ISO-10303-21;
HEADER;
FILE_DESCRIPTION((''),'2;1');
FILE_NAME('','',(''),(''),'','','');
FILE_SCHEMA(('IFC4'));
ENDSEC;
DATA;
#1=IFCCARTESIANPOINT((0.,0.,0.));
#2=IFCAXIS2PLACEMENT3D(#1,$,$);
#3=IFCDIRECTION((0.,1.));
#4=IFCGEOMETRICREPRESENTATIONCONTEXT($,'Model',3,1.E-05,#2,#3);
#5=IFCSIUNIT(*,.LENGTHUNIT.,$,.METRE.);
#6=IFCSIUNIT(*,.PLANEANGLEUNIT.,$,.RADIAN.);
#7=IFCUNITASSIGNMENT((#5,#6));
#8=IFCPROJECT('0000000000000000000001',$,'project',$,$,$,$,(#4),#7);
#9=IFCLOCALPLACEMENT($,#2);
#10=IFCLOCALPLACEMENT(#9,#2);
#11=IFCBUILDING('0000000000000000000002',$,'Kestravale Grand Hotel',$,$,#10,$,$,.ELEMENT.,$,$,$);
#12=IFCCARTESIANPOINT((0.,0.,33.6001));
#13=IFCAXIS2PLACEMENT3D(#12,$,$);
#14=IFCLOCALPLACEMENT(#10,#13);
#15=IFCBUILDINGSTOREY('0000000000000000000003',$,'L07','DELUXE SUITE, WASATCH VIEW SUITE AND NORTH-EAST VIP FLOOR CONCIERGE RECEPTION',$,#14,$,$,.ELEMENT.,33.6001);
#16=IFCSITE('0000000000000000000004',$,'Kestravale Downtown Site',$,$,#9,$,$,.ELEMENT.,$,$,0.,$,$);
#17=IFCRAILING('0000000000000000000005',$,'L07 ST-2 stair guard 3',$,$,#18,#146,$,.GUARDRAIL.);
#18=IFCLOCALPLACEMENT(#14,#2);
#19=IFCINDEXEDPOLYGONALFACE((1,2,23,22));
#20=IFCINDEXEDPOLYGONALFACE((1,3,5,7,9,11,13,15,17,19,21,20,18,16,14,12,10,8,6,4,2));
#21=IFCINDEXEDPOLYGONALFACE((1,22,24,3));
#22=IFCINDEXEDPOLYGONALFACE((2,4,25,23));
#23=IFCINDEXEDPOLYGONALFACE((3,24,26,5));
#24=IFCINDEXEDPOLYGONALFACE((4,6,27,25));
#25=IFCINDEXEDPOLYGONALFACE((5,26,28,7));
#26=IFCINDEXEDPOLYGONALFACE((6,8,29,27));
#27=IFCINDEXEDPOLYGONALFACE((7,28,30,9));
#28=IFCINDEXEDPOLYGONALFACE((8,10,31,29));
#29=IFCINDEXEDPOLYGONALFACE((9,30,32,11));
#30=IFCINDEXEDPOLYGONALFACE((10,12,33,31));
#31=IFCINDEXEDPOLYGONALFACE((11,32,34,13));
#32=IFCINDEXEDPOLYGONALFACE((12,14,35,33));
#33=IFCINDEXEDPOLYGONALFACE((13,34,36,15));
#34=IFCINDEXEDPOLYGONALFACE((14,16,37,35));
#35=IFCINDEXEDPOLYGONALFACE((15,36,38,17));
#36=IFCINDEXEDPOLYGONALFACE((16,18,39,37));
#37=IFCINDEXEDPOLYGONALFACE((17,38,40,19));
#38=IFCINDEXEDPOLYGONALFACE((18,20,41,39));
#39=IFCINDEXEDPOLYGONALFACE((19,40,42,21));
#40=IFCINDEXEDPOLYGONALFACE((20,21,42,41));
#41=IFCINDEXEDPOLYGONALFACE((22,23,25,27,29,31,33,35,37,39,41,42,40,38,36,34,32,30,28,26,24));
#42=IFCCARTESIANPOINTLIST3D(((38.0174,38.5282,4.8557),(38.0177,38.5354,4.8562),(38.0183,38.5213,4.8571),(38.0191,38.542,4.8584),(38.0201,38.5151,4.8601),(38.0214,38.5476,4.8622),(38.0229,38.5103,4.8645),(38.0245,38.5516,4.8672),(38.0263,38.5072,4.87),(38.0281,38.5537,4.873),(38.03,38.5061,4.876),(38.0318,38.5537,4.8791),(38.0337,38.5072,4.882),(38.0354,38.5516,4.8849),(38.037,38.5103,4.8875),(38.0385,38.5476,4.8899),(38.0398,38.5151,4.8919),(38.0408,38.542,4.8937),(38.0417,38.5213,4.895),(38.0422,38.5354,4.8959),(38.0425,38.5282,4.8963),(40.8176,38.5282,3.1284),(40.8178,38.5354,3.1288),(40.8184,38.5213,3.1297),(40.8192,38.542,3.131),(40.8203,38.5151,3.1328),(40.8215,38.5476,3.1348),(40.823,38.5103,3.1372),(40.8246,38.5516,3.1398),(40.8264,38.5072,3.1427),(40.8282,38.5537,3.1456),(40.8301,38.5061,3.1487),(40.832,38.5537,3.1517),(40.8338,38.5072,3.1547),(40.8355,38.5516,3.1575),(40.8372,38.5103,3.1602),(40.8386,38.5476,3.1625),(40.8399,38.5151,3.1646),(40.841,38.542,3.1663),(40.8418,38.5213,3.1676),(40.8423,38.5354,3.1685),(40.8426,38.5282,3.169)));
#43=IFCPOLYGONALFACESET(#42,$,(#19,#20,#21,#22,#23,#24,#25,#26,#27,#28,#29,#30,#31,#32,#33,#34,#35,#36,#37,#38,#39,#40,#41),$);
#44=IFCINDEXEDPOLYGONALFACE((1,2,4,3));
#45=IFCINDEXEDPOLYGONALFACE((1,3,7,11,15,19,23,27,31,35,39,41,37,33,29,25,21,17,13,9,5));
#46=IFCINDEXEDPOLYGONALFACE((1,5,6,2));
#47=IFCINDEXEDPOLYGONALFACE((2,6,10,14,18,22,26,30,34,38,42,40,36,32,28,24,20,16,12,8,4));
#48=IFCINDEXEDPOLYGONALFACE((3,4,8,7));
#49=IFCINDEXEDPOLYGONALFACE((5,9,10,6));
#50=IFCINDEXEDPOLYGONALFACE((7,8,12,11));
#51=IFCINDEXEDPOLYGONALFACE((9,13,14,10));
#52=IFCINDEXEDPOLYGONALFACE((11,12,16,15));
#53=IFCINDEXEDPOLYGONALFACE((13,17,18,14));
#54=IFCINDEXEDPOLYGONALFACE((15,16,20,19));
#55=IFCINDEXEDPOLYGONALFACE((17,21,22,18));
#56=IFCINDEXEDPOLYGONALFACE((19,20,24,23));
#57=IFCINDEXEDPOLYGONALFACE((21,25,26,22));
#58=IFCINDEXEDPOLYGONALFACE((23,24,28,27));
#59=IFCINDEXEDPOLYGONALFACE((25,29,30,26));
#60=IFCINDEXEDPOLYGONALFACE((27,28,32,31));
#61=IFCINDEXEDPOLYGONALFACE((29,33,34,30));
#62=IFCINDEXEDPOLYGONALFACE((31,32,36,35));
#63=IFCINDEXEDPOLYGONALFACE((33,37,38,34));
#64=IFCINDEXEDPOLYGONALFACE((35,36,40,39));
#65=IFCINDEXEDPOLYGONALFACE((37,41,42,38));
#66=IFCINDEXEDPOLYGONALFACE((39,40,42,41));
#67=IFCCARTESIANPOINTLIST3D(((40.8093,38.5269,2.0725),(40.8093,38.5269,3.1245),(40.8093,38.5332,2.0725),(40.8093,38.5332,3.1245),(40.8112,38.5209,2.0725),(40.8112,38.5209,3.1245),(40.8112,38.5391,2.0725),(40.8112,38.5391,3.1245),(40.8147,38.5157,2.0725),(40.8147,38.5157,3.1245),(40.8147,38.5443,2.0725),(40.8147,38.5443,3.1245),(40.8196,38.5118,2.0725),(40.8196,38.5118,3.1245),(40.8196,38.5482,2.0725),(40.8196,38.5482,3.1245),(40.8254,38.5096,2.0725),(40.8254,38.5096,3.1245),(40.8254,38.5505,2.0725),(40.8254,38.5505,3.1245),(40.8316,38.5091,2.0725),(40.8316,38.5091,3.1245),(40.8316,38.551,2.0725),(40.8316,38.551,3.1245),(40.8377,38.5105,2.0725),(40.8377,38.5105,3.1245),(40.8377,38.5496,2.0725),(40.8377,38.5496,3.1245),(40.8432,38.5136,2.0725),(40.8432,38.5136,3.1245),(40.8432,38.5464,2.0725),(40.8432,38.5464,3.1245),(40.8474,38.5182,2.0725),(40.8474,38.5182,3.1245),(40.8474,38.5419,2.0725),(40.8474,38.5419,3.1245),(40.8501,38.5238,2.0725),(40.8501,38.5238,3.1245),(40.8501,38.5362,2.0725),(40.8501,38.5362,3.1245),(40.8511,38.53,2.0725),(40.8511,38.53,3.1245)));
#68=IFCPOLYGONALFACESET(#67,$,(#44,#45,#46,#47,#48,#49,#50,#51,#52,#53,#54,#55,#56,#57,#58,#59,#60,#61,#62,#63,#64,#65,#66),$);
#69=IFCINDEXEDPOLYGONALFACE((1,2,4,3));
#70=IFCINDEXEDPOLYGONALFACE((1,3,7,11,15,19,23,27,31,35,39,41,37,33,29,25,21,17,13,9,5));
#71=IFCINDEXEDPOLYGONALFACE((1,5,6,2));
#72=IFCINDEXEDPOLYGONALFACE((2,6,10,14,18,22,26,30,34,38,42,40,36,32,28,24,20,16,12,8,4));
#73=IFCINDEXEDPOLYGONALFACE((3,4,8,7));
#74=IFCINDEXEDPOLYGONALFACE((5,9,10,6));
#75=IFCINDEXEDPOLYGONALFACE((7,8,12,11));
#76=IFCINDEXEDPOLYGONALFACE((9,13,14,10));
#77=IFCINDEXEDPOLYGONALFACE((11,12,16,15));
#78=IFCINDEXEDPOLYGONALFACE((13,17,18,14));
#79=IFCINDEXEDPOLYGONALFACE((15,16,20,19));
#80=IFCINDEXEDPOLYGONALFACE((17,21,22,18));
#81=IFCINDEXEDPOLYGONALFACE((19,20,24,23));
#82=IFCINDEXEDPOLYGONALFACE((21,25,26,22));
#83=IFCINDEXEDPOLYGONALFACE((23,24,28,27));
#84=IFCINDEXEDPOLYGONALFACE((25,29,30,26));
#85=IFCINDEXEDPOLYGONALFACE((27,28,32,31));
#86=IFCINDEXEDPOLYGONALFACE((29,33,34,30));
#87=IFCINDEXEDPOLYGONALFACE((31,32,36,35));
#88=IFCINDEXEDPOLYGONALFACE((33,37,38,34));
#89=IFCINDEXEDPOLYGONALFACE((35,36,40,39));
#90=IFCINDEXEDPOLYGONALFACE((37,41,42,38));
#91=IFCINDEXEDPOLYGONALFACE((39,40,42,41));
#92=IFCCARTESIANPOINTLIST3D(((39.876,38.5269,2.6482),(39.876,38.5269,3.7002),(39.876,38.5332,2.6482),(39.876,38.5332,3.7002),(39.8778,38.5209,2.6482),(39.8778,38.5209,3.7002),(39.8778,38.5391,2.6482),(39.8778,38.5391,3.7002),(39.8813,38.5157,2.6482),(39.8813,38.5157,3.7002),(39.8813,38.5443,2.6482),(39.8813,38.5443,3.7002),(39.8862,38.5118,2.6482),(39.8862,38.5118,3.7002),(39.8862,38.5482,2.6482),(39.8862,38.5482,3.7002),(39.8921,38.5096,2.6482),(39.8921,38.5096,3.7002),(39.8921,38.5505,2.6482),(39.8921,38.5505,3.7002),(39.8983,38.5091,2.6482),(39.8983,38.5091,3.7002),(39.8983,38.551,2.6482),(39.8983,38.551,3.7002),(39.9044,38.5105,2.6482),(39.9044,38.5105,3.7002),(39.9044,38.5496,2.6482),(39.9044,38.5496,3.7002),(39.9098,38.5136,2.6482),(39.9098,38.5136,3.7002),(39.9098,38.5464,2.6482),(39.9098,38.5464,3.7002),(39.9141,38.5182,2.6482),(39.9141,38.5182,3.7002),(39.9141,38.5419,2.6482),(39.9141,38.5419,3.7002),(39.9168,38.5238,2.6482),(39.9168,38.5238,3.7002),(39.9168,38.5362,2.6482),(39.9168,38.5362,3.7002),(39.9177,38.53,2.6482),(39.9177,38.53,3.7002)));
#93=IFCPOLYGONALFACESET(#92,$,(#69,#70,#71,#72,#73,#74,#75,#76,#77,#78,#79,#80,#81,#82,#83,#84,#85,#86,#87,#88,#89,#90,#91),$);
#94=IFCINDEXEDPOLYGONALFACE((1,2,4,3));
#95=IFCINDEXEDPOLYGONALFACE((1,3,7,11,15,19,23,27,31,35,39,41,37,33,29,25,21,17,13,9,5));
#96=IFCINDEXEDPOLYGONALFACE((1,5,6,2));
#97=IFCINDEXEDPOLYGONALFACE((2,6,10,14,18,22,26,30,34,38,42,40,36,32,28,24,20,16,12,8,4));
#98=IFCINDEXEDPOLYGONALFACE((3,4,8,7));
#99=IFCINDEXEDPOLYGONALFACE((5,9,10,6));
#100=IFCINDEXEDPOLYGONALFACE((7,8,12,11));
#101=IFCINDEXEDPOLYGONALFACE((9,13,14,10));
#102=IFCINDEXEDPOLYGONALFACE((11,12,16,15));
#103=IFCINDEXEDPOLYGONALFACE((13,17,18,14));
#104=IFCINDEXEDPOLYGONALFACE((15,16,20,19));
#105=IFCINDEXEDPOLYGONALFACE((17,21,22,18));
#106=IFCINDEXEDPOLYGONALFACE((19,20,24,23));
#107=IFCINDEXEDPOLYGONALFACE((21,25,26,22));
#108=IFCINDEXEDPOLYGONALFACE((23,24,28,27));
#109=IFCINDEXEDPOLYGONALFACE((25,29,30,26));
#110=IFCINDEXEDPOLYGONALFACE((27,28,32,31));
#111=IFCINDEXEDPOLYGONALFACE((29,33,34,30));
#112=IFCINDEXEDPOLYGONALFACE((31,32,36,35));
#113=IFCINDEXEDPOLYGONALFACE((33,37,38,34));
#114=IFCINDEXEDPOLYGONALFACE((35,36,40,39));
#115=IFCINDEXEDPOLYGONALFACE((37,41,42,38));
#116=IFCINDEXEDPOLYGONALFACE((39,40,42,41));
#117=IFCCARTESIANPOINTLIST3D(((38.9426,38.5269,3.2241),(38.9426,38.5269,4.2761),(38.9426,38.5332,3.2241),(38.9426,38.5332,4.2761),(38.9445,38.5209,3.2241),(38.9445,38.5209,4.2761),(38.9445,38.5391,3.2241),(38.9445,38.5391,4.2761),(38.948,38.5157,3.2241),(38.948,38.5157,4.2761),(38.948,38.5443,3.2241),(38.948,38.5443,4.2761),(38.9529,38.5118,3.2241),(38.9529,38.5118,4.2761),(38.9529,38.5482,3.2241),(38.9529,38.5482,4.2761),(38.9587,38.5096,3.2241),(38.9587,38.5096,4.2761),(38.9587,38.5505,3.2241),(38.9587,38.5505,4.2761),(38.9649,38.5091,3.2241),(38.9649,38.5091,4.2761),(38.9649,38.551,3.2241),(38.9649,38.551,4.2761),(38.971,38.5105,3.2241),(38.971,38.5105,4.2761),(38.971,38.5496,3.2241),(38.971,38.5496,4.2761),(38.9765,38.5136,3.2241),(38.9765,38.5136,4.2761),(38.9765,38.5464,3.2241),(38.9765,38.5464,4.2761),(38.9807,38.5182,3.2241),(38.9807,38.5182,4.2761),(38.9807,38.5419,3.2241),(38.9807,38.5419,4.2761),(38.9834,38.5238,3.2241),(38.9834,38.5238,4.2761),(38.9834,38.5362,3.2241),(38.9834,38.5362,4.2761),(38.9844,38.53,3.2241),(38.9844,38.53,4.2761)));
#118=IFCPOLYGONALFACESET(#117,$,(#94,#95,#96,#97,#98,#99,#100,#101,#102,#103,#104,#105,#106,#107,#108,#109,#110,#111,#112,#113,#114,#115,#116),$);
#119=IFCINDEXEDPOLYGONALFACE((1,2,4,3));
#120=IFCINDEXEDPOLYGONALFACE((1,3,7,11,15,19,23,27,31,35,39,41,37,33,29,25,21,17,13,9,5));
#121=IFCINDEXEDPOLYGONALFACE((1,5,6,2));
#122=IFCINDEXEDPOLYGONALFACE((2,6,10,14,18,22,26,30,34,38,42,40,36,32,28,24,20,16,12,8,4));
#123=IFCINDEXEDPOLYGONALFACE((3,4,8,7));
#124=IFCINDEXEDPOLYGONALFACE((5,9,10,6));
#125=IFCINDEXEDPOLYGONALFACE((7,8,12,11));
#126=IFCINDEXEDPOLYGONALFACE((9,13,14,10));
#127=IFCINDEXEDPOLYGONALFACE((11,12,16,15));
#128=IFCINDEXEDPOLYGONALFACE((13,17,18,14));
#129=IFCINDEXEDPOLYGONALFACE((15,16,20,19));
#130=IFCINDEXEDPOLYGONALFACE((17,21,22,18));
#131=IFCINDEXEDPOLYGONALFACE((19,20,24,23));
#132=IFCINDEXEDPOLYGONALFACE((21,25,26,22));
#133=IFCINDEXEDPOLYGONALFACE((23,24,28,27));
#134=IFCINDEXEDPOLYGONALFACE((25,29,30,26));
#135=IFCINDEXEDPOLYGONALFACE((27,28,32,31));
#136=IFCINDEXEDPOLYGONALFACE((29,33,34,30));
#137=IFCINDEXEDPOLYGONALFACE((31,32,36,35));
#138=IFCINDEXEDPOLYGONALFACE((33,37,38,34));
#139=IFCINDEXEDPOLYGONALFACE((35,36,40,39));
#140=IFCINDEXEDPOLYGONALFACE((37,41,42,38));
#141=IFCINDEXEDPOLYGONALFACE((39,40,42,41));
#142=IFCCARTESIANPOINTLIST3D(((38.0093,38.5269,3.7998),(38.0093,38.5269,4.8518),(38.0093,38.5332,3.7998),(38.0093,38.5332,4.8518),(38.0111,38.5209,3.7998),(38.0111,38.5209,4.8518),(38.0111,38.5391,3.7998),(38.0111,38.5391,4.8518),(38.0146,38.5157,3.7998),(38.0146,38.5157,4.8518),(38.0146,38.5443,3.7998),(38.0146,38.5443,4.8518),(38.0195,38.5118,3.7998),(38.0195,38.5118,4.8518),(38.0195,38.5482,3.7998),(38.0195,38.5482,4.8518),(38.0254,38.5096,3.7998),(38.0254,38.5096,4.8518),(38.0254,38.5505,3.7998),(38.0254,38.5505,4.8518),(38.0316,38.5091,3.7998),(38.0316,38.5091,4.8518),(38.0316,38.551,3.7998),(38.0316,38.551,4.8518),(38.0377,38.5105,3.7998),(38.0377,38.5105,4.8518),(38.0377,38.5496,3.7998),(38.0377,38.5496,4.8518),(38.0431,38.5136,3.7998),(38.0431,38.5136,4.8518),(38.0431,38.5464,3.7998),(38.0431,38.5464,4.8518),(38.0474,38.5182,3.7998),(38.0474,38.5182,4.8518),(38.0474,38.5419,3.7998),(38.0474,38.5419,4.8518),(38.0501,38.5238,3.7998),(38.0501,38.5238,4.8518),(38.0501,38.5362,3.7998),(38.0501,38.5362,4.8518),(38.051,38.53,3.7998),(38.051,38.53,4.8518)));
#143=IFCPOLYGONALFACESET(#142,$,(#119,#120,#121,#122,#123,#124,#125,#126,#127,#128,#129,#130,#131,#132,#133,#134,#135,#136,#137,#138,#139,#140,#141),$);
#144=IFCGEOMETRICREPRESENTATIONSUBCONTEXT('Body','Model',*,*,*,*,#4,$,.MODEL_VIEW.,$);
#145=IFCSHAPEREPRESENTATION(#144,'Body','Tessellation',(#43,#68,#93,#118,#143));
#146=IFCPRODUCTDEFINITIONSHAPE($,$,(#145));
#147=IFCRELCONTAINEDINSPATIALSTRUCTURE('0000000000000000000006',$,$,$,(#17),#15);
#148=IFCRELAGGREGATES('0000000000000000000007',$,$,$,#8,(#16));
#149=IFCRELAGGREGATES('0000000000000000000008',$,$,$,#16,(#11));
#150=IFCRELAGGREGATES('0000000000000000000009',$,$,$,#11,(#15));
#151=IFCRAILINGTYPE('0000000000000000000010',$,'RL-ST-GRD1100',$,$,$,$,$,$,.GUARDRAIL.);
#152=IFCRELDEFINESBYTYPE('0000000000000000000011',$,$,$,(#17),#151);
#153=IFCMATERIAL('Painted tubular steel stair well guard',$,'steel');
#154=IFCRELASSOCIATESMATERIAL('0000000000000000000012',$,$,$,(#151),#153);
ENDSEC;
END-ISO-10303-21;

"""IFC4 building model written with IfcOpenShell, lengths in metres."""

from ifc_helpers import new_model, si_unit, direction, frame, origin, origin_2d, place, context, subcontext, project, spatial, circle, extrude, material, type_object, element, save


model = new_model("IFC4")

# Units and contexts
model_context = context("Model", 3, precision=1e-05, world=origin(), true_north=direction((0.0, 1.0)))
body_context = subcontext(model_context, "Body", "Model", "MODEL_VIEW")
ifc_project = project(units=[si_unit("LENGTHUNIT", "METRE"), si_unit("PLANEANGLEUNIT", "RADIAN")], contexts=[model_context])

# Site, building, storey
site_placement = place(None, origin())
site = spatial("IfcSite", under=ifc_project, at=site_placement, Name="Kestravale Downtown Site", CompositionType="ELEMENT", RefElevation=0.0)
building_placement = place(site_placement, origin())
building = spatial("IfcBuilding", under=site, at=building_placement, Name="Kestravale Grand Hotel", CompositionType="ELEMENT")
storey_placement = place(building_placement, frame((0.0, 0.0, 33.6001)))
storey = spatial("IfcBuildingStorey", under=building, at=storey_placement, Name="L07", Description="DELUXE SUITE, WASATCH VIEW SUITE AND NORTH-EAST VIP FLOOR CONCIERGE RECEPTION", CompositionType="ELEMENT", Elevation=33.6001)

# Railing
ifc_material_1 = material(Name="Painted tubular steel stair well guard", Category="steel")
railing_type_1 = type_object("IfcRailingType", Name="RL-ST-GRD1100", PredefinedType="GUARDRAIL", material=ifc_material_1)
railing_1_placement = place(storey_placement, frame((40.8301, 38.53, 2.0725)))
element("IfcRailing", 1, at=railing_1_placement, inside=storey, type_object=railing_type_1, Name="L07 ST-2 stair guard 3", PredefinedType="GUARDRAIL", context=body_context, shape_type="SweptSolid", body=[
    extrude(circle(Radius=0.0239, at=origin_2d()), frame((0.0, 0.0, 1.0762), z_axis=(-0.85109, 0.0, 0.52502), x_axis=(0.0, -1.0, 0.0)), (0.0, 0.0, 1.0), 3.29),
    extrude(circle(Radius=0.021, at=origin_2d()), origin(), (0.0, 0.0, 1.0), 1.052),
    extrude(circle(Radius=0.021, at=origin_2d()), frame((-0.9333, 0.0, 0.5757)), (0.0, 0.0, 1.0), 1.052),
    extrude(circle(Radius=0.021, at=origin_2d()), frame((-1.8667, 0.0, 1.1516)), (0.0, 0.0, 1.0), 1.052),
    extrude(circle(Radius=0.021, at=origin_2d()), frame((-2.8, 0.0, 1.7273)), (0.0, 0.0, 1.0), 1.052),
])

save(model, "model.ifc")
